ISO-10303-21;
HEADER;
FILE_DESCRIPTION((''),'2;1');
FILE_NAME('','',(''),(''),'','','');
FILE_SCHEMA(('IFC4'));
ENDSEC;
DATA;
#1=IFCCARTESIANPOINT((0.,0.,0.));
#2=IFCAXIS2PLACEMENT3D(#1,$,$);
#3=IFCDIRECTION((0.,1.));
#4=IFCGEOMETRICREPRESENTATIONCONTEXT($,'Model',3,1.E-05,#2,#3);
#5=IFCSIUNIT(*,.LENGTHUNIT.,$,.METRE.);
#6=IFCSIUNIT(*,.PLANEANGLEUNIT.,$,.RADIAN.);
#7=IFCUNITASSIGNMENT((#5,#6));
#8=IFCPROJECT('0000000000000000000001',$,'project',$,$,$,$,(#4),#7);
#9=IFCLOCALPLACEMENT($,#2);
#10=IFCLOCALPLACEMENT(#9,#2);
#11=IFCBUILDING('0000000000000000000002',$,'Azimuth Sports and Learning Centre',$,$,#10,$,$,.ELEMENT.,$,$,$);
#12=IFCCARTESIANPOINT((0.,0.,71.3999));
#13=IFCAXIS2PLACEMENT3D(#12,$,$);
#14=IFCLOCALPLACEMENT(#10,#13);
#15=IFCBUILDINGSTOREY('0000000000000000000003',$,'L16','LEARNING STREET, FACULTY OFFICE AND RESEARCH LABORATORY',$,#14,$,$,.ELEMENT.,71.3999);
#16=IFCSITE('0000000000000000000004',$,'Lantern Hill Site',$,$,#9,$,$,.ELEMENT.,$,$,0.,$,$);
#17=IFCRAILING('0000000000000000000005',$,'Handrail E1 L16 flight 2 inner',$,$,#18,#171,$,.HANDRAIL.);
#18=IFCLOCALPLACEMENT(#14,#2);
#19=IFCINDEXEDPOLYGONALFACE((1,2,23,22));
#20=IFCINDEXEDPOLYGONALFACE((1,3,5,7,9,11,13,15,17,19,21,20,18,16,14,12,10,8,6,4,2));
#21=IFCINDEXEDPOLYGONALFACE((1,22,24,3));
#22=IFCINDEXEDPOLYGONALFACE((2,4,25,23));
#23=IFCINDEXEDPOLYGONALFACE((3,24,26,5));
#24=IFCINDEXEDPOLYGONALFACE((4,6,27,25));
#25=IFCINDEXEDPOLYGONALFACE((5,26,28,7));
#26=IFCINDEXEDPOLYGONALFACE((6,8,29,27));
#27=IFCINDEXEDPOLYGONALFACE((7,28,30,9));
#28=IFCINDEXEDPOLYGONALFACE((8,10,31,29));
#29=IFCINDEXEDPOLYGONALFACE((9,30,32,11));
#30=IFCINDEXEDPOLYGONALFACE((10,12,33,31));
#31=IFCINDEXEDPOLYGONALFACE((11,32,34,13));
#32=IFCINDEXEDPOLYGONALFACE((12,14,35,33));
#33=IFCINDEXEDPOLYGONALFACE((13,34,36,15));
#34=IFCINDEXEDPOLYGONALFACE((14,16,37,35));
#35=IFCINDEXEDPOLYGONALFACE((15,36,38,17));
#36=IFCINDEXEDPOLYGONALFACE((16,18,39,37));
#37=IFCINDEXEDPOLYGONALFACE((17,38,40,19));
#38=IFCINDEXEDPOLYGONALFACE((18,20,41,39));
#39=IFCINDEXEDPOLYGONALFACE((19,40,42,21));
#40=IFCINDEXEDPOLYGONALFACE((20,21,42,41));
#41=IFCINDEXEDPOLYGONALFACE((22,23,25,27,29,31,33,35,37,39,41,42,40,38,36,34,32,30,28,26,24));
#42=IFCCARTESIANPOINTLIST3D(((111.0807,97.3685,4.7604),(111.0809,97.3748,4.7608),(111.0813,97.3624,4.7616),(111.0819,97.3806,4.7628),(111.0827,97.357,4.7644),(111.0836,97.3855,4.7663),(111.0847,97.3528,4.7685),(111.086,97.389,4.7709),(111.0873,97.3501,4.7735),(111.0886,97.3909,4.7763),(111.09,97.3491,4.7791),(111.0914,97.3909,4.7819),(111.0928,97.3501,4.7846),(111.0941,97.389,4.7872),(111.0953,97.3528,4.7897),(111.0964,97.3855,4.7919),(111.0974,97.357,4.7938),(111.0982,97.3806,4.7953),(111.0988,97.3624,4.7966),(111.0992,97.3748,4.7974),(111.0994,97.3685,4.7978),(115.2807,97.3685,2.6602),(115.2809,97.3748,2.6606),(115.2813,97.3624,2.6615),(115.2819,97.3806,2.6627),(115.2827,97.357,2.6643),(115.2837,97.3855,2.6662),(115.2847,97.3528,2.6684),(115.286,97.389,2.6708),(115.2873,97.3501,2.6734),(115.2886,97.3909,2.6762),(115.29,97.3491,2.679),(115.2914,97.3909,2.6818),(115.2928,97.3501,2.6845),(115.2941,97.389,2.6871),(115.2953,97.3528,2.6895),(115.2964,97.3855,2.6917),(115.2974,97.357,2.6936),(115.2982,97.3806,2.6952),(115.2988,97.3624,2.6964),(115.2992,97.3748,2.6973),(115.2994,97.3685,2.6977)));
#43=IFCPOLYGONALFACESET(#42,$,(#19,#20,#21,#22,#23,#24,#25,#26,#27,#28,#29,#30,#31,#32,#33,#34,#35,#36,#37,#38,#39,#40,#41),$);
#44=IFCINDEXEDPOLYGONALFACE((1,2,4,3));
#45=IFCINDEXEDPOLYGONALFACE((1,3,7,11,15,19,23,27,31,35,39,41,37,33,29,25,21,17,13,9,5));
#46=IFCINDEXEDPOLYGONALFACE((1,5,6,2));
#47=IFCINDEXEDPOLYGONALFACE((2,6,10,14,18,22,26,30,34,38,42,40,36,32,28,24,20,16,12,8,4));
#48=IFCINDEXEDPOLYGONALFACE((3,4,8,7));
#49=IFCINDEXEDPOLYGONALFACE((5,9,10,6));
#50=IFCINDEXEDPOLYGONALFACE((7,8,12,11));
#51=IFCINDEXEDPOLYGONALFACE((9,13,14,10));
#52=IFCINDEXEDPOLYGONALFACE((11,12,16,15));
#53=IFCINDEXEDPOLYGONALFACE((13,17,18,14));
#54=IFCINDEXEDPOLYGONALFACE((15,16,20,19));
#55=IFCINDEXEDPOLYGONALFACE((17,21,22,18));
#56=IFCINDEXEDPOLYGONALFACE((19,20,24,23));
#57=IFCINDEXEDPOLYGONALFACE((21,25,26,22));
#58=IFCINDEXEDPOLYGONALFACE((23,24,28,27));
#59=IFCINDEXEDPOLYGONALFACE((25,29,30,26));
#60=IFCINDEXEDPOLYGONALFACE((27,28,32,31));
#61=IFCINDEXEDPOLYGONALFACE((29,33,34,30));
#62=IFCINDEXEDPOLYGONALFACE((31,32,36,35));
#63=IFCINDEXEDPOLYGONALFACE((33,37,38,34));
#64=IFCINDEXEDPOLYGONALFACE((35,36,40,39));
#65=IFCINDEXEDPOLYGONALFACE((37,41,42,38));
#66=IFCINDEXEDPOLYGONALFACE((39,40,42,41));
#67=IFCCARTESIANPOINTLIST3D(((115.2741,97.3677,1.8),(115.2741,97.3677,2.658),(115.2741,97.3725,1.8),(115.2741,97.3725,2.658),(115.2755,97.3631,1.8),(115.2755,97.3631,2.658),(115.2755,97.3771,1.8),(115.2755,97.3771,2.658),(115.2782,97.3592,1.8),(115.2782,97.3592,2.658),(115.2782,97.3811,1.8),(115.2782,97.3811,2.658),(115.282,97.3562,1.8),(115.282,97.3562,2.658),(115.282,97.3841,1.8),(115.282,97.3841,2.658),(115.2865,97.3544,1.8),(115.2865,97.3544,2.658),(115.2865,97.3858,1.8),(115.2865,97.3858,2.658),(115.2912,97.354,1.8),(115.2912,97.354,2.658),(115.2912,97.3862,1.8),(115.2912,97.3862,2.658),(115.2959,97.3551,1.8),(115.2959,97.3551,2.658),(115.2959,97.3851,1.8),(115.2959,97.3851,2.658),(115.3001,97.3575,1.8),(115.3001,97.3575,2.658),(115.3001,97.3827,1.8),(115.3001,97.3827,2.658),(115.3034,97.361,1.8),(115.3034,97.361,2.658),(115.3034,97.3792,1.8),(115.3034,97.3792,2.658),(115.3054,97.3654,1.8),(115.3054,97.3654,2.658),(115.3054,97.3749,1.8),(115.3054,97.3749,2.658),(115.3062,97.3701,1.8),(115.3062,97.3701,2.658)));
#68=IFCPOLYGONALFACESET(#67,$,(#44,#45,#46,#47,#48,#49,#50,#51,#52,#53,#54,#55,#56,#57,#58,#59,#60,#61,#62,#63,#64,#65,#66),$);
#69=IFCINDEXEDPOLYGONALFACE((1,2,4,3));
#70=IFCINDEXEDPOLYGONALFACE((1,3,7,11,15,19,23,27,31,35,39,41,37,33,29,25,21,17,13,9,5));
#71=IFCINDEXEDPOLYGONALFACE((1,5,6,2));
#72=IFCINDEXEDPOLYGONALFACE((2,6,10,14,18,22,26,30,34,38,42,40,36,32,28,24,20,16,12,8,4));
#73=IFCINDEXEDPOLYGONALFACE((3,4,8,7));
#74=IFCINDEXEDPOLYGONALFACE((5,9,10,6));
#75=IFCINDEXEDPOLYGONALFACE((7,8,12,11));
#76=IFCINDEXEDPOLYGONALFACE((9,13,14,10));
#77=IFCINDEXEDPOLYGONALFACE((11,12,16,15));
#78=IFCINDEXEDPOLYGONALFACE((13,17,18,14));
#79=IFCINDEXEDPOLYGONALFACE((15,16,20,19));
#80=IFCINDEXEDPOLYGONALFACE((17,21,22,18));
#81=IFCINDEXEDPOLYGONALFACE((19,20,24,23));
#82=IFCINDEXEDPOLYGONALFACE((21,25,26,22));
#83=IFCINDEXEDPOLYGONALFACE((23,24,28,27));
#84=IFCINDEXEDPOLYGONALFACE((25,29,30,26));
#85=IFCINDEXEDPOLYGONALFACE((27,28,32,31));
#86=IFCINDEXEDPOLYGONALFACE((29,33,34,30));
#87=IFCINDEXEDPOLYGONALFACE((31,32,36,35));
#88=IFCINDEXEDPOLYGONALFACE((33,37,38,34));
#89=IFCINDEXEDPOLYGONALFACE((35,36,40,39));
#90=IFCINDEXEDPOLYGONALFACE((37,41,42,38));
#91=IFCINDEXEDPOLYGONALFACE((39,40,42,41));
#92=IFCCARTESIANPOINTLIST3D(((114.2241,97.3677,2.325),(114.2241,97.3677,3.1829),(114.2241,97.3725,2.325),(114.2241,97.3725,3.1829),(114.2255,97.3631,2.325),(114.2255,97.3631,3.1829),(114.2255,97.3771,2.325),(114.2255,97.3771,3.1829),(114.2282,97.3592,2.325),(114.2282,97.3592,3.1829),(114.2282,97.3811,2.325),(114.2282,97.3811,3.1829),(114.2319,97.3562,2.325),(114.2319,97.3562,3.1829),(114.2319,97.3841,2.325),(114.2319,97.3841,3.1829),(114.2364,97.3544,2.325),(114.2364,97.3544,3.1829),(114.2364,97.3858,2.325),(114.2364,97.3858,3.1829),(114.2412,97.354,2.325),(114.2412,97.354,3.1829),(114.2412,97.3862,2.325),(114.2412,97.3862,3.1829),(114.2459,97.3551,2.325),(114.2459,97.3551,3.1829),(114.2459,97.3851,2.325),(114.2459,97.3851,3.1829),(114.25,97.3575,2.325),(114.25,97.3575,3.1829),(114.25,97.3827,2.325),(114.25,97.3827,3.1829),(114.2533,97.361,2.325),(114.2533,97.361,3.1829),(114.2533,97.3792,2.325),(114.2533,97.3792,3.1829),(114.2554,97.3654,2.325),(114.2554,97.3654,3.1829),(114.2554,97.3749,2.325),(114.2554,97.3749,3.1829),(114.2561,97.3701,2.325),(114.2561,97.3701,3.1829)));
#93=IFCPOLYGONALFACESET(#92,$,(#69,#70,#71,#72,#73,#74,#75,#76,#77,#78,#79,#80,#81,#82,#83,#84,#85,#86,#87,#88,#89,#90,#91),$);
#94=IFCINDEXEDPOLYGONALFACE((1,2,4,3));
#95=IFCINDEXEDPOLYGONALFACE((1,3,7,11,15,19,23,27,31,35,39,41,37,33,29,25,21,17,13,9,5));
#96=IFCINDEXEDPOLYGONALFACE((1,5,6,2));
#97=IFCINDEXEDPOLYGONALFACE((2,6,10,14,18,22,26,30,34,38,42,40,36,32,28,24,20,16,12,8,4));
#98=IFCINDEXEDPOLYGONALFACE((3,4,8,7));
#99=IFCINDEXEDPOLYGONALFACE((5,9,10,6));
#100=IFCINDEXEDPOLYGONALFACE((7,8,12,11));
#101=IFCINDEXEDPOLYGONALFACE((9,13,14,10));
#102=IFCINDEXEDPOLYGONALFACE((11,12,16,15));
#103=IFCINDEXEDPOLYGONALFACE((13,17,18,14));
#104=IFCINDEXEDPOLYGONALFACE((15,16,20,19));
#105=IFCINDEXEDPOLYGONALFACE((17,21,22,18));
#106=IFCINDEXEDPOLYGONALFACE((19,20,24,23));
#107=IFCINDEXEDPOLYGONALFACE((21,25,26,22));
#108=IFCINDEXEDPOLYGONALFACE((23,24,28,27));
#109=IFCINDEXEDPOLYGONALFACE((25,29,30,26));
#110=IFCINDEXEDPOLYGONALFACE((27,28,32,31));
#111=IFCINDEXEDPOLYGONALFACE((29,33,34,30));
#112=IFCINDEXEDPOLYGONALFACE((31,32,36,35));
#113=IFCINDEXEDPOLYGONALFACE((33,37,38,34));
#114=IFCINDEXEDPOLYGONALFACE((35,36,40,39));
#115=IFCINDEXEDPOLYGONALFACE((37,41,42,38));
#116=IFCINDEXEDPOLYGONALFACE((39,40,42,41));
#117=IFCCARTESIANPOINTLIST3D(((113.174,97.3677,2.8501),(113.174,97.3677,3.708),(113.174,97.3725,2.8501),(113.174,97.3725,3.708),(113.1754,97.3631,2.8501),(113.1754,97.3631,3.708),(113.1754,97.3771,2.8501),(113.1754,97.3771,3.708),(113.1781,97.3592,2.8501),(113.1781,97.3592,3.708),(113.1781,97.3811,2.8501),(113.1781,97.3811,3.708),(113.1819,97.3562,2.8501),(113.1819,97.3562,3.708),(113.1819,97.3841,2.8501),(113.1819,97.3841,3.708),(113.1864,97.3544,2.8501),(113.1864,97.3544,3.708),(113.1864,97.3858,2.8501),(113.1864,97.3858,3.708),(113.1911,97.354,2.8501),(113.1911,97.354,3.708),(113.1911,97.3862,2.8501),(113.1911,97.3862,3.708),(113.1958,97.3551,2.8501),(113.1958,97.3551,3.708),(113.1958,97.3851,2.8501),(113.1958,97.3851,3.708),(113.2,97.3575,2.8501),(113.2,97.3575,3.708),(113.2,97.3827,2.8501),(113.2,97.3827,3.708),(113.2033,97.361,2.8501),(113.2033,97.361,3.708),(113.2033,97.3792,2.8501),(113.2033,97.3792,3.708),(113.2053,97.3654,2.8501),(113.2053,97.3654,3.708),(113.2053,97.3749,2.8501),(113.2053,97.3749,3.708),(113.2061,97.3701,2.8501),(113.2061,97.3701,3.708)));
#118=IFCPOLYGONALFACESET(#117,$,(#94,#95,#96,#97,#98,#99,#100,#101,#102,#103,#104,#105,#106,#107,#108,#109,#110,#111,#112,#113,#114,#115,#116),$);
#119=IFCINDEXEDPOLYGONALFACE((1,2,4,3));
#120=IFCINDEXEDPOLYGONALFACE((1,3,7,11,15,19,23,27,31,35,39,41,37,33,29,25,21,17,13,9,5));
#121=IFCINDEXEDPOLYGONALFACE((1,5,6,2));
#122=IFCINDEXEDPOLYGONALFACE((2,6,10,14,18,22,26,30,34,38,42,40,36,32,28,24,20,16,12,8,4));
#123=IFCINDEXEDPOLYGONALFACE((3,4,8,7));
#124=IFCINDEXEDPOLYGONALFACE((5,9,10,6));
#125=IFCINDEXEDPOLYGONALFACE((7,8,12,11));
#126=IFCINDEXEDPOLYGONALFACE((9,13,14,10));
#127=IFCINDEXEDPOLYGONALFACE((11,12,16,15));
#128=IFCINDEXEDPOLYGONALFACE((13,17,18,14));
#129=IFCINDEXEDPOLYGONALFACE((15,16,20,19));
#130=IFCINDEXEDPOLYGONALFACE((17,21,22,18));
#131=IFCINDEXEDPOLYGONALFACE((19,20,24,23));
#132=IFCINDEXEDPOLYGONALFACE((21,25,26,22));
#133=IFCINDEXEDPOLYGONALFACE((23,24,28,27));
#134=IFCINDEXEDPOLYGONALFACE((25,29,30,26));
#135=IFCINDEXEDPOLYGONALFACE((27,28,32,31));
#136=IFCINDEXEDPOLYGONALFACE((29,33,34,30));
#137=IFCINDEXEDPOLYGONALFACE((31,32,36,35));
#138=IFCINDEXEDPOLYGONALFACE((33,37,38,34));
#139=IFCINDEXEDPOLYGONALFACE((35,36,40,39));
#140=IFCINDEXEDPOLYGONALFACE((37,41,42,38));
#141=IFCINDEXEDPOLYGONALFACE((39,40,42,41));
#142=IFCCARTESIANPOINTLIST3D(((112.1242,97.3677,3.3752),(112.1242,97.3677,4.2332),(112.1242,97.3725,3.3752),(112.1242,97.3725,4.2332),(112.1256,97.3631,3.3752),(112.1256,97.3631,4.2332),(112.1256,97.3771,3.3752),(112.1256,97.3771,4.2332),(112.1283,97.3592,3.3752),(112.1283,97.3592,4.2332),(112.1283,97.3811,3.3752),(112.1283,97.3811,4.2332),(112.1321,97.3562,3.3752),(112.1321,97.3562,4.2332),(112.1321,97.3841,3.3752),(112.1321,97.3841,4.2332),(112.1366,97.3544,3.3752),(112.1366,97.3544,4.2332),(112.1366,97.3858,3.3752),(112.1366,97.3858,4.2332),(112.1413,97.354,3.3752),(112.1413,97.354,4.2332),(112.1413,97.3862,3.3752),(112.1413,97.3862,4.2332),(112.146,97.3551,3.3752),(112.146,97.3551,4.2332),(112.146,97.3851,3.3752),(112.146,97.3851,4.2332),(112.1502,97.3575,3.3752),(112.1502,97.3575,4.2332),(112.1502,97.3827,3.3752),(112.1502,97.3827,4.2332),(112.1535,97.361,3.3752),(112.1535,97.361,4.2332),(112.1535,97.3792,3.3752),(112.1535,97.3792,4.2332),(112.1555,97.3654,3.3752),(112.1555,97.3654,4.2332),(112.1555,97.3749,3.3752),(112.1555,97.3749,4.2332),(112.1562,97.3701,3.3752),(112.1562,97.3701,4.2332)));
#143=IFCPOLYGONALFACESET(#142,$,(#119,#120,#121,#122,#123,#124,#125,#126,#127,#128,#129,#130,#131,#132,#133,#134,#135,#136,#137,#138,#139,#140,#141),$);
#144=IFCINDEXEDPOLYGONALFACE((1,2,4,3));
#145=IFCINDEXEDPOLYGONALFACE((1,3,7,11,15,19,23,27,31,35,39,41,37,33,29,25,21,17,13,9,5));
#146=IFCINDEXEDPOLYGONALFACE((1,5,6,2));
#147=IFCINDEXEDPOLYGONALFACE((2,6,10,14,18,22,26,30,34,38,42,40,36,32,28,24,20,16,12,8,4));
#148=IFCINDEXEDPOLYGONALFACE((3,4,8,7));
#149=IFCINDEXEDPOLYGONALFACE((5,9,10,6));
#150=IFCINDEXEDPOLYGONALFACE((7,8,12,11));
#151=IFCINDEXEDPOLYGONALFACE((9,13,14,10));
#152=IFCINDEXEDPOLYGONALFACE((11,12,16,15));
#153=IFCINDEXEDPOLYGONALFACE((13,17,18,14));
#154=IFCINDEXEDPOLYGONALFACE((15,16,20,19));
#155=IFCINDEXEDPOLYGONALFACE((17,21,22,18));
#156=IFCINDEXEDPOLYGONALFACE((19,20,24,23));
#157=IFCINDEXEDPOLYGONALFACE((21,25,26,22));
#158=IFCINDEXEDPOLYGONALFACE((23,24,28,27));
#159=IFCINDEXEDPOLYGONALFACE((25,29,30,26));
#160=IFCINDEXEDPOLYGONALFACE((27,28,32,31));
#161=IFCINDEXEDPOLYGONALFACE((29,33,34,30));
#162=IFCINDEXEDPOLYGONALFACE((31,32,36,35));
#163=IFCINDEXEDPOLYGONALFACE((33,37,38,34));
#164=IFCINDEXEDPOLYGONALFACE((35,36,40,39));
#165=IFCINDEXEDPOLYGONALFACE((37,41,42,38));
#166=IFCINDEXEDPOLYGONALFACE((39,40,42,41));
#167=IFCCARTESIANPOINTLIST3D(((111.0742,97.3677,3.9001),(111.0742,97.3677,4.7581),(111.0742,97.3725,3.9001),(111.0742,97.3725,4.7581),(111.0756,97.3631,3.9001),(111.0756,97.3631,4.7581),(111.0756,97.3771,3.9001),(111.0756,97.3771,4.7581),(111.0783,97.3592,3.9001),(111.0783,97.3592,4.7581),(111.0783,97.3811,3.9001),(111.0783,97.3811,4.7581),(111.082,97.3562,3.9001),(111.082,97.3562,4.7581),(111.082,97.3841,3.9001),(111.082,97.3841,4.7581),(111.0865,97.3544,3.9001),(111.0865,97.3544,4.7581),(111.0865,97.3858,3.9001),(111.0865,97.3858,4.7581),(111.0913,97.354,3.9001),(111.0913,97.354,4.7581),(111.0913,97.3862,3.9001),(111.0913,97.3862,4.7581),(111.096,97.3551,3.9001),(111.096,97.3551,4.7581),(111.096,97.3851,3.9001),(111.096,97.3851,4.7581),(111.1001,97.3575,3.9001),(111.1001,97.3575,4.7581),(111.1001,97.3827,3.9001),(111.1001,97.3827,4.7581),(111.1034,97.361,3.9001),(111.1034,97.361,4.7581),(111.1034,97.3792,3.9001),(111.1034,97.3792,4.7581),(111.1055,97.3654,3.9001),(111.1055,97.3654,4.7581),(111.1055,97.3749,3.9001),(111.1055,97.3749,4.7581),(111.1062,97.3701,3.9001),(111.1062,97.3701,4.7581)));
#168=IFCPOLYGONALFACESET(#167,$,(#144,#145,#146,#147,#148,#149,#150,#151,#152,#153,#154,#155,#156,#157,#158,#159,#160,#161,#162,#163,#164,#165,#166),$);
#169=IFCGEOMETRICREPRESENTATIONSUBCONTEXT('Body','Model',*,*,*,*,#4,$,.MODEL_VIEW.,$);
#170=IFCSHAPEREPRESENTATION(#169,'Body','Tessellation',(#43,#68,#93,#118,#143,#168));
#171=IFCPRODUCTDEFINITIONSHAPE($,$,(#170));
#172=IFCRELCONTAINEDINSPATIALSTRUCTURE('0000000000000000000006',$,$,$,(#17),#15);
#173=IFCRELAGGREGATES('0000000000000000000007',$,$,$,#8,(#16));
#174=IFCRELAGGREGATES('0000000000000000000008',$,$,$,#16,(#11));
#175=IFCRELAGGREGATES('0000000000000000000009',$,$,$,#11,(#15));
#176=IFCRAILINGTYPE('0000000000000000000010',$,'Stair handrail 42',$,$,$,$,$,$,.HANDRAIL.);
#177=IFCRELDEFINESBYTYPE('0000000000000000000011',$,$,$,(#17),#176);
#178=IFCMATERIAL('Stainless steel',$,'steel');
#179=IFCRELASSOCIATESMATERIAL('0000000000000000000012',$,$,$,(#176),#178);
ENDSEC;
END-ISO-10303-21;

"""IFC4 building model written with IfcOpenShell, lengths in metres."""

from ifc_helpers import new_model, si_unit, direction, frame, origin, origin_2d, place, context, subcontext, project, spatial, circle, extrude, material, type_object, element, save


model = new_model("IFC4")

# Units and contexts
model_context = context("Model", 3, precision=1e-05, world=origin(), true_north=direction((0.0, 1.0)))
body_context = subcontext(model_context, "Body", "Model", "MODEL_VIEW")
ifc_project = project(units=[si_unit("LENGTHUNIT", "METRE"), si_unit("PLANEANGLEUNIT", "RADIAN")], contexts=[model_context])

# Site, building, storey
site_placement = place(None, origin())
site = spatial("IfcSite", under=ifc_project, at=site_placement, Name="Lantern Hill Site", CompositionType="ELEMENT", RefElevation=0.0)
building_placement = place(site_placement, origin())
building = spatial("IfcBuilding", under=site, at=building_placement, Name="Azimuth Sports and Learning Centre", CompositionType="ELEMENT")
storey_placement = place(building_placement, frame((0.0, 0.0, 71.3999)))
storey = spatial("IfcBuildingStorey", under=building, at=storey_placement, Name="L16", Description="LEARNING STREET, FACULTY OFFICE AND RESEARCH LABORATORY", CompositionType="ELEMENT", Elevation=71.3999)

# Railing
ifc_material_1 = material(Name="Stainless steel", Category="steel")
railing_type_1 = type_object("IfcRailingType", Name="Stair handrail 42", PredefinedType="HANDRAIL", material=ifc_material_1)
for number, where, name in (
    (1, (115.29, 97.3701, 1.8), "Handrail E1 L16 flight 2 inner"),
):
    element("IfcRailing", number, at=place(storey_placement, frame(where)), inside=storey, type_object=railing_type_1, Name=name, PredefinedType="HANDRAIL", context=body_context, shape_type="SweptSolid", body=[
        extrude(circle(Radius=0.021, at=origin_2d()), frame((0.0, 0.0, 0.8789), z_axis=(-0.894417, 0.0, 0.447234), x_axis=(0.0, -1.0, 0.0)), (0.0, 0.0, 1.0), 4.6958),
        extrude(circle(Radius=0.0161, at=origin_2d()), origin(), (0.0, 0.0, 1.0), 0.8579),
        extrude(circle(Radius=0.0161, at=origin_2d()), frame((-1.05, 0.0, 0.5249)), (0.0, 0.0, 1.0), 0.8579),
        extrude(circle(Radius=0.0161, at=origin_2d()), frame((-2.1001, 0.0, 1.05)), (0.0, 0.0, 1.0), 0.8579),
        extrude(circle(Radius=0.0161, at=origin_2d()), frame((-3.1499, 0.0, 1.5752)), (0.0, 0.0, 1.0), 0.8579),
        extrude(circle(Radius=0.0161, at=origin_2d()), frame((-4.2, 0.0, 2.1001)), (0.0, 0.0, 1.0), 0.8579),
    ])

save(model, "model.ifc")
